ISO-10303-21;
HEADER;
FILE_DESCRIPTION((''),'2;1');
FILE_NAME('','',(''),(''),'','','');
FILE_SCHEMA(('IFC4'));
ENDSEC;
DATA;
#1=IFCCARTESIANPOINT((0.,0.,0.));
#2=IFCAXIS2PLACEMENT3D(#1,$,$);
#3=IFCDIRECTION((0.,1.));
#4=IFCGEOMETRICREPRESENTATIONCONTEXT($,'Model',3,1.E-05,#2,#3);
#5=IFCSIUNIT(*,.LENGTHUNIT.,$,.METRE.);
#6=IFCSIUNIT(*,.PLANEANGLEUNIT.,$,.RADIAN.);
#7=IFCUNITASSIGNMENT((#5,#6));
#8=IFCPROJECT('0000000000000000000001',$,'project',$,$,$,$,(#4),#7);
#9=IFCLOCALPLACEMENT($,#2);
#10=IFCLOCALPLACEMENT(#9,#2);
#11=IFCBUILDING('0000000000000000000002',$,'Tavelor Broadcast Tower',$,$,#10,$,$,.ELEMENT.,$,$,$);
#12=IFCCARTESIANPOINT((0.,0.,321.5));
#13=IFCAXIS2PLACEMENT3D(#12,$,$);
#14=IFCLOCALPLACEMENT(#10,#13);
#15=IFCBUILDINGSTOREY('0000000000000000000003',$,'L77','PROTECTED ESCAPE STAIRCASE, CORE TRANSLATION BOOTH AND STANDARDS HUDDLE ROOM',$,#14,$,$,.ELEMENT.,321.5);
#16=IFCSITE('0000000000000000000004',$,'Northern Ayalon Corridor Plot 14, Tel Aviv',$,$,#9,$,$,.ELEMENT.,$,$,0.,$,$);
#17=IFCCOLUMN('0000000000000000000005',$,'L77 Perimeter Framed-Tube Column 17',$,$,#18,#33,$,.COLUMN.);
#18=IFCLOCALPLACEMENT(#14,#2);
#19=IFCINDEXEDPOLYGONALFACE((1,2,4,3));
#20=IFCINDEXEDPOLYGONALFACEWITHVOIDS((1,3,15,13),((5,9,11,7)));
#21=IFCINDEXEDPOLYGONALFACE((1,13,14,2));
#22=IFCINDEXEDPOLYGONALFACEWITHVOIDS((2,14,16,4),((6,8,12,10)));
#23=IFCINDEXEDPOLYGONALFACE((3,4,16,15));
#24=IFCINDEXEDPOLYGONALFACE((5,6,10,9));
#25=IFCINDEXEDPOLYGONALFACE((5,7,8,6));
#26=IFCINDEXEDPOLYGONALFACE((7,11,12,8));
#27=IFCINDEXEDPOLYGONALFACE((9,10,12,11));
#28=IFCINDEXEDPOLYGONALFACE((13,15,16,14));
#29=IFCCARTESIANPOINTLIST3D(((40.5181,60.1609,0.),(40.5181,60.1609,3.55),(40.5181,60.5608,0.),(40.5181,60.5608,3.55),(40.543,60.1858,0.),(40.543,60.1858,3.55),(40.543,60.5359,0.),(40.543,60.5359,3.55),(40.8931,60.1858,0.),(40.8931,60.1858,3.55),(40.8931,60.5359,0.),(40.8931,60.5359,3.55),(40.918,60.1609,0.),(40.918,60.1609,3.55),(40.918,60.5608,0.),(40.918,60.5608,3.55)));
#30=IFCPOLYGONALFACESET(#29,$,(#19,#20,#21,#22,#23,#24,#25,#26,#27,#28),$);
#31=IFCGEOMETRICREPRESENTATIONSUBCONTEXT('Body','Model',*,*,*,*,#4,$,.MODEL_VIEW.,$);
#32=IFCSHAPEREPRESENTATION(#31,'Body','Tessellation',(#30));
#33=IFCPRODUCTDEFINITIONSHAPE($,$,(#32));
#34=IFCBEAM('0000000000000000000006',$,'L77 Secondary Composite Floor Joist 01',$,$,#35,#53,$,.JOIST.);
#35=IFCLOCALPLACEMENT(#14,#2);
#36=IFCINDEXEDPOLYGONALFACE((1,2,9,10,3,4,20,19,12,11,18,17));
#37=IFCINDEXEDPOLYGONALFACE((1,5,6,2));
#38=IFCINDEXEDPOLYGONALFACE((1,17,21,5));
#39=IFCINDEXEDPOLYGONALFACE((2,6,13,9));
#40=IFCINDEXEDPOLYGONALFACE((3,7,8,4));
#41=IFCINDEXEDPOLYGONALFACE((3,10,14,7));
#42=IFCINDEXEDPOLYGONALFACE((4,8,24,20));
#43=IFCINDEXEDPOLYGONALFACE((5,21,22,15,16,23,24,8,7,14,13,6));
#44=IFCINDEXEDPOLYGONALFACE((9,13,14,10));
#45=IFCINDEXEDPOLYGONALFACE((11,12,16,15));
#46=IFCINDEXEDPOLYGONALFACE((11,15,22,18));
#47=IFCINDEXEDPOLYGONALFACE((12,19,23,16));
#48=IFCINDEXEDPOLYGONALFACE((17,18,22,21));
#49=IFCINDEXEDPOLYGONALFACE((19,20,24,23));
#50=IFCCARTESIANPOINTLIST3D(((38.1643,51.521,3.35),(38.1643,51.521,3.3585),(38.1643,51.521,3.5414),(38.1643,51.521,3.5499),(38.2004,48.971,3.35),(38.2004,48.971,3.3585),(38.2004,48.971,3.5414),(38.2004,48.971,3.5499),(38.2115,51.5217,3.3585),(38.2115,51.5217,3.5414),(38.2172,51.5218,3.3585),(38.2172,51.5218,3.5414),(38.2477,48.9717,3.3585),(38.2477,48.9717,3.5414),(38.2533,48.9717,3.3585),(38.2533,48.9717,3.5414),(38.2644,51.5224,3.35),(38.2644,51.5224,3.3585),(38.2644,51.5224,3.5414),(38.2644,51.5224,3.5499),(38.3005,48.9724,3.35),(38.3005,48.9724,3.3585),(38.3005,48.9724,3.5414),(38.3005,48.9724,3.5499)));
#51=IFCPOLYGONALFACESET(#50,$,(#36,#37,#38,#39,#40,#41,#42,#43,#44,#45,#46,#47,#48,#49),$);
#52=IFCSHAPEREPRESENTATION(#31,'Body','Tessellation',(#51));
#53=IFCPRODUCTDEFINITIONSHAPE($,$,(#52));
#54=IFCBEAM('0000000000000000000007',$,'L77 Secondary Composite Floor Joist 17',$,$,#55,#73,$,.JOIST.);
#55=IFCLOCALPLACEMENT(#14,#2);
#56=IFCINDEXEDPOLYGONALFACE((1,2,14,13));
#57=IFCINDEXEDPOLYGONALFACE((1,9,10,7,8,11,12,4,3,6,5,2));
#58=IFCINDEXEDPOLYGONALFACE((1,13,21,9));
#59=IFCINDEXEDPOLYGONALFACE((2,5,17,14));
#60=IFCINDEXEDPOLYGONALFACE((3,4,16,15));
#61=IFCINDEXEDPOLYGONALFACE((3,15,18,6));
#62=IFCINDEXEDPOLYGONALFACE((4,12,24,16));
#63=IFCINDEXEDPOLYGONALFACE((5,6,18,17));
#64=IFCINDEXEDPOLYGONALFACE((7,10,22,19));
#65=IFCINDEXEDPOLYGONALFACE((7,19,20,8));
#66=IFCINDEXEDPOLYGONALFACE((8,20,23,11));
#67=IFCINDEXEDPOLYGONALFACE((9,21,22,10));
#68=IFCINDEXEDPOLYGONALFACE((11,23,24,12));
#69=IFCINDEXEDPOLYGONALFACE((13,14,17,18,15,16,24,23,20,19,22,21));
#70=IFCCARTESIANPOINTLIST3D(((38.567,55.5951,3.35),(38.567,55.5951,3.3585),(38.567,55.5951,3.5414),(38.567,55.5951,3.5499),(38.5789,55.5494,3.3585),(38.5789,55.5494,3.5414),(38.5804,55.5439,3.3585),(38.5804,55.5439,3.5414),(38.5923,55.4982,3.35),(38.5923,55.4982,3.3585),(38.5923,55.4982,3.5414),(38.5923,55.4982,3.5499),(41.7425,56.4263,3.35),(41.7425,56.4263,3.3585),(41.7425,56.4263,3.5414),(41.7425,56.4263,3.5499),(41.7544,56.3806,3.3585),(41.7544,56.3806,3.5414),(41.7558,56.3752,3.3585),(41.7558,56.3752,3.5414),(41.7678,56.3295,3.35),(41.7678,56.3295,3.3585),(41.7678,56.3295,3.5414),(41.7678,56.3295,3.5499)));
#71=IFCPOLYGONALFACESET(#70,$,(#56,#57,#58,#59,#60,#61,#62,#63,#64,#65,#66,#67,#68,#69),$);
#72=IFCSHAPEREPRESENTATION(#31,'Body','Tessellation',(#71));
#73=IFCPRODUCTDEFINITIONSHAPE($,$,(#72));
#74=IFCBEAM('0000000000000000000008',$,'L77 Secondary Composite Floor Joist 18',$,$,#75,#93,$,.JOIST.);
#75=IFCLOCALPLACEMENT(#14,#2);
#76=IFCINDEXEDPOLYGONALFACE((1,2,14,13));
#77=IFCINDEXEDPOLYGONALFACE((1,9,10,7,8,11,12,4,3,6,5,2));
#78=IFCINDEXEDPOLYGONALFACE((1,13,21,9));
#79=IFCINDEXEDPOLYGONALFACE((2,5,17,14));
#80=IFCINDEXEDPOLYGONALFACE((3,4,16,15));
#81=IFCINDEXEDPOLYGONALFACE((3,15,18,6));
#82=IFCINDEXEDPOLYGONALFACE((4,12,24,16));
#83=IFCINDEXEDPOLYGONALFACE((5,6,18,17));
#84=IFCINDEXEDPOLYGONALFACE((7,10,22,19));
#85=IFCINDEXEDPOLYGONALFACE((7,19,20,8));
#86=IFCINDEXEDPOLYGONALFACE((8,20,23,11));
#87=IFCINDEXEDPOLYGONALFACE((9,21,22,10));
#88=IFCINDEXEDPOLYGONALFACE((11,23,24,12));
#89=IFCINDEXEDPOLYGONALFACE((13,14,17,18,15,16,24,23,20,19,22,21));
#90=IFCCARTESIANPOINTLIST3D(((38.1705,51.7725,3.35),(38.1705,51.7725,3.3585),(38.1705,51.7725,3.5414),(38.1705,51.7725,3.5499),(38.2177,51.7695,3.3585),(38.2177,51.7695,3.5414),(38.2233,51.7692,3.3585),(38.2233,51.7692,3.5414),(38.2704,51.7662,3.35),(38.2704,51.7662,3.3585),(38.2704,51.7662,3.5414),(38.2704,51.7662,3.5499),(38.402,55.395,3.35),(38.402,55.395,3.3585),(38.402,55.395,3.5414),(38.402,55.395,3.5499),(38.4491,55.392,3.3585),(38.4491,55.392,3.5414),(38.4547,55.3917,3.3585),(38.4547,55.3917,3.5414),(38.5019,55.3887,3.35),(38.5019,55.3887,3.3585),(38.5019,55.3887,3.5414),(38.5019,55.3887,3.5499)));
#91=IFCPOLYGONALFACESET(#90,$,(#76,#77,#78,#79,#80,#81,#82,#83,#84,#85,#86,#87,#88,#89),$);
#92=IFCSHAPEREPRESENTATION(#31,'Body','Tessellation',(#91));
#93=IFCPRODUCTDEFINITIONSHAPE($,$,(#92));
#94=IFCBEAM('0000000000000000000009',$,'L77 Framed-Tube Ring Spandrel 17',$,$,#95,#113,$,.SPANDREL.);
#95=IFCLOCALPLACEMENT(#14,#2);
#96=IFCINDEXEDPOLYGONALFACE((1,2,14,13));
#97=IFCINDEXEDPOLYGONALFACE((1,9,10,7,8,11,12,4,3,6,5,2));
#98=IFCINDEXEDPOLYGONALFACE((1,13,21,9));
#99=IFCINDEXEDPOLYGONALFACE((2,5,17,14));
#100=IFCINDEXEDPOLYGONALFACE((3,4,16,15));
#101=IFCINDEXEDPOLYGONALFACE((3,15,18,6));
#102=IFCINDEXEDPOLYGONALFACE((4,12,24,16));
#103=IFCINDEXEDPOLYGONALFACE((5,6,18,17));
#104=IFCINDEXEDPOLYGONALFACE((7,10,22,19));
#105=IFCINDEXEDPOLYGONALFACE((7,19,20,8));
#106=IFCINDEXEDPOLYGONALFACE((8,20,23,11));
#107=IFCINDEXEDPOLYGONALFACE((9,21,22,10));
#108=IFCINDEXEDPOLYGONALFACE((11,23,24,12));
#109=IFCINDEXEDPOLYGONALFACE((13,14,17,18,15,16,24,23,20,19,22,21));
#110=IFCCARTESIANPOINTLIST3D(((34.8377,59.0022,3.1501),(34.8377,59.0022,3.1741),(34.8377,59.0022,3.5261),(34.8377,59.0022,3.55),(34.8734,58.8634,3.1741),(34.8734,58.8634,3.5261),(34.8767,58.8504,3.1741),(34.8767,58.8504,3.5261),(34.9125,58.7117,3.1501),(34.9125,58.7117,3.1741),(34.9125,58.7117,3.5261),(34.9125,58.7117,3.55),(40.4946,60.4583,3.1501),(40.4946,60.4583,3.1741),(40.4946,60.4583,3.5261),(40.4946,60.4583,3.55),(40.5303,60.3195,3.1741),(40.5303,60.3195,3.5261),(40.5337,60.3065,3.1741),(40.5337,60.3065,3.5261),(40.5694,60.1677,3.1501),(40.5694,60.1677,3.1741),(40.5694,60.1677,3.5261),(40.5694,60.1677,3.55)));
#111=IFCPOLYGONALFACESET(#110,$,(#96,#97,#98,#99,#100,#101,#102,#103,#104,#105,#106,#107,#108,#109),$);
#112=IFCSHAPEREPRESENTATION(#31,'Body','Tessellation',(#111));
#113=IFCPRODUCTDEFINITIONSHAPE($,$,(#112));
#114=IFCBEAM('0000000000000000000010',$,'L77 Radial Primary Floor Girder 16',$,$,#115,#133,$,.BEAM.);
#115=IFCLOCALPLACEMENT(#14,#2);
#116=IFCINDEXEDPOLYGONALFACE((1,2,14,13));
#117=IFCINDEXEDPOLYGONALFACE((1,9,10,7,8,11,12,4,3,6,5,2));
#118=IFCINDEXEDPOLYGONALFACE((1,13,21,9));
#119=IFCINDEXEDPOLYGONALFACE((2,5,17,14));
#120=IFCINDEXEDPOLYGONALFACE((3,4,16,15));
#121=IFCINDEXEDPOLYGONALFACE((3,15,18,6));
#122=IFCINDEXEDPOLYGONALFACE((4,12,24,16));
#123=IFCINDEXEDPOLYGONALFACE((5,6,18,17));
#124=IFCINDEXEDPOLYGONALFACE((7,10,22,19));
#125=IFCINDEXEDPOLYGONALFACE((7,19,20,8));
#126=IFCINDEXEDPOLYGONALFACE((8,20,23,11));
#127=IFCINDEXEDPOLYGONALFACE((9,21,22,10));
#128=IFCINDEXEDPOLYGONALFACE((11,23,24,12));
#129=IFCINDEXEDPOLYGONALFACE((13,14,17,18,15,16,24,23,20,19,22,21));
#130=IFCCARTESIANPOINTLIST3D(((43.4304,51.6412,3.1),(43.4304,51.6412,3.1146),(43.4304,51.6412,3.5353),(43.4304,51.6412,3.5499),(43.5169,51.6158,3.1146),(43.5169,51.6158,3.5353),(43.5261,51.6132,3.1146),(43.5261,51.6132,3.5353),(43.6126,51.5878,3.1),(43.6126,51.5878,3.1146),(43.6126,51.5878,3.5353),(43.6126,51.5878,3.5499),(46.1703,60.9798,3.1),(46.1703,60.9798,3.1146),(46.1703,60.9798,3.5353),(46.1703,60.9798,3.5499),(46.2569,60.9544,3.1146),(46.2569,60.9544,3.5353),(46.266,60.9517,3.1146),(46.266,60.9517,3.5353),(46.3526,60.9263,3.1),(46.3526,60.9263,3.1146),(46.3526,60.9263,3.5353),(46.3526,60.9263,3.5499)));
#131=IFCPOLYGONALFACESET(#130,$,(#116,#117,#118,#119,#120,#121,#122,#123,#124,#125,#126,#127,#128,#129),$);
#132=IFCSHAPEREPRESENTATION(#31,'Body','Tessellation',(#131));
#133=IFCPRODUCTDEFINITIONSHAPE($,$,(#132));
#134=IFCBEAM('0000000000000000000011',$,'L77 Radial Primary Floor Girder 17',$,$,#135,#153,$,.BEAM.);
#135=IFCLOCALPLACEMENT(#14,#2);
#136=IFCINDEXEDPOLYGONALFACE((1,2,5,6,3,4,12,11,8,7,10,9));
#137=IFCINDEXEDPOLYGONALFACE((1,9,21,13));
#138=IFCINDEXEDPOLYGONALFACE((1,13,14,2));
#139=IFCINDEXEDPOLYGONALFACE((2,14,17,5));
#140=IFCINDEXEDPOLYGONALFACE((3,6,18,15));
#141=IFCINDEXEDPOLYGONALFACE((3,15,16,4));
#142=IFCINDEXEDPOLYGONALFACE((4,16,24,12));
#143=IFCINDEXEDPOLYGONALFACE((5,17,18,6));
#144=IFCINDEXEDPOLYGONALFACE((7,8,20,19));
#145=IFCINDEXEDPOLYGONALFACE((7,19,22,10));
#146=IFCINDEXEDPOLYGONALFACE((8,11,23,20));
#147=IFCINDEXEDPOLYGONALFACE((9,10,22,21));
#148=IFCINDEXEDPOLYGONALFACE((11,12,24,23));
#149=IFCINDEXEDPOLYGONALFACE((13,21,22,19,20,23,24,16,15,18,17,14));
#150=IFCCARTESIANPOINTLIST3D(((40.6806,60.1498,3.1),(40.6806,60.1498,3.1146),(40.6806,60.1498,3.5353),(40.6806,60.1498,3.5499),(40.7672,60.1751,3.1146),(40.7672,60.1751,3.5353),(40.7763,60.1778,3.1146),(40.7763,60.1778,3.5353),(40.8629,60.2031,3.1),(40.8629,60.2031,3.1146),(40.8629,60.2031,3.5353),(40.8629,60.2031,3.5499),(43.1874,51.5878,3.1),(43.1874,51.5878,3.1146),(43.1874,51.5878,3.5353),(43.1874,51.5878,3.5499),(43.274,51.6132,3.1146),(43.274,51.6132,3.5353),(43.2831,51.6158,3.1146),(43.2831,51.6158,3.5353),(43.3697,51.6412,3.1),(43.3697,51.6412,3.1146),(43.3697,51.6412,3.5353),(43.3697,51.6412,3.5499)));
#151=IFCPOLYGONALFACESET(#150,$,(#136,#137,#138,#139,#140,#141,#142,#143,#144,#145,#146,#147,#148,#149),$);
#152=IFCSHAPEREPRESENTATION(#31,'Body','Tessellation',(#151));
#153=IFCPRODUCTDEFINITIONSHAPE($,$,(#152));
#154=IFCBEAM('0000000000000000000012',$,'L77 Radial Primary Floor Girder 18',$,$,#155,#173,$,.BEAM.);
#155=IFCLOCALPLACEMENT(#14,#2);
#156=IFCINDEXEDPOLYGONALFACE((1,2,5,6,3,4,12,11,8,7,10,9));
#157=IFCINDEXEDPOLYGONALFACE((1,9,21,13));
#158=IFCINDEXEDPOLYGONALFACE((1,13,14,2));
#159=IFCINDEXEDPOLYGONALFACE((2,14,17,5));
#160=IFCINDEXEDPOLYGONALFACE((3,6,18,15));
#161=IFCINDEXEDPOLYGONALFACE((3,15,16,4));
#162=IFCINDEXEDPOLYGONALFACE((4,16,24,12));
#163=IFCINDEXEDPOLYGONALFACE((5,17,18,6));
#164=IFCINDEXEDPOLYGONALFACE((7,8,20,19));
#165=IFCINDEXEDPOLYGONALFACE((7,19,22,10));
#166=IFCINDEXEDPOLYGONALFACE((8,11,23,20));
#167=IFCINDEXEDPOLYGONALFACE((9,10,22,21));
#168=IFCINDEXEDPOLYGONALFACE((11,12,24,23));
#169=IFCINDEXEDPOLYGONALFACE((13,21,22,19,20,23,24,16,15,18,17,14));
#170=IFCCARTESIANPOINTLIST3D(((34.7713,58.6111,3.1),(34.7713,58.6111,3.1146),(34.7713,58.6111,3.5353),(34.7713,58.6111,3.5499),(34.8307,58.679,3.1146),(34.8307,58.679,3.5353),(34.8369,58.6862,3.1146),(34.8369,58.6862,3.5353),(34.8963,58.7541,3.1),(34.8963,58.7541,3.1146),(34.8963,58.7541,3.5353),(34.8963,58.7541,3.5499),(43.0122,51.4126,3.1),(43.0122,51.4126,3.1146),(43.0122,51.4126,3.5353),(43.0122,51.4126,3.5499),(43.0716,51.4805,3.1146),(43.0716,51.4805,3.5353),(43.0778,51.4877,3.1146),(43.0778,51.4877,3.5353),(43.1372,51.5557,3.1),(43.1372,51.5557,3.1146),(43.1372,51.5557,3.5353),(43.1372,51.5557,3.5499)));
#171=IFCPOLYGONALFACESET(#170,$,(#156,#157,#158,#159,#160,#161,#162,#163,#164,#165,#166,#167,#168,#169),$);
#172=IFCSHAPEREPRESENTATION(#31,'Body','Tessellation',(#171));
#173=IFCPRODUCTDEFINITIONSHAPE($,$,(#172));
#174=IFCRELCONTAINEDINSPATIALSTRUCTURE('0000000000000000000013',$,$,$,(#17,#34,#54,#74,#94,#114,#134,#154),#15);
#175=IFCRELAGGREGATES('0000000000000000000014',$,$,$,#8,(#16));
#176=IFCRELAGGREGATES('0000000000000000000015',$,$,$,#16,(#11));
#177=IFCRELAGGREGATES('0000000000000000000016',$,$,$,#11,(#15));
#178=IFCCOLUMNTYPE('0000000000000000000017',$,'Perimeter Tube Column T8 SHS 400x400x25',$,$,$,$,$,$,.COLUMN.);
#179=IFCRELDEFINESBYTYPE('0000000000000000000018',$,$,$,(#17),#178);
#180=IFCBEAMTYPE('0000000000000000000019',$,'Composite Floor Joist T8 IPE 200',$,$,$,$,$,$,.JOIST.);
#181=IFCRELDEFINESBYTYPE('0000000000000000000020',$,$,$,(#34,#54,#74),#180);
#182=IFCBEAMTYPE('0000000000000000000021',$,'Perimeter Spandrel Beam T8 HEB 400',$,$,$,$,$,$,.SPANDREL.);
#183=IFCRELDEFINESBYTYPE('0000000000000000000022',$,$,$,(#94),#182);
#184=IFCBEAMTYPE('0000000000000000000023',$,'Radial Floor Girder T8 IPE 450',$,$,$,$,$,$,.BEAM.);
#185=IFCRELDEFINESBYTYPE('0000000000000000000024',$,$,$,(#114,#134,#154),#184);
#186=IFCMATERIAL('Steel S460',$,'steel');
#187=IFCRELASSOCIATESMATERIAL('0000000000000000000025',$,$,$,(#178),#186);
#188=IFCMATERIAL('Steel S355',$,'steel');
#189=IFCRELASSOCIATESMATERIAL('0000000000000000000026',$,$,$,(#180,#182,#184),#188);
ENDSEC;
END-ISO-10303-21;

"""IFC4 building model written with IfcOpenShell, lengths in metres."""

from ifc_helpers import new_model, si_unit, direction, frame, origin, origin_2d, place, context, subcontext, project, spatial, hollow_rectangle, i_section, extrude, material, material_profile, profile_set, type_object, element, save


model = new_model("IFC4")

# Units and contexts
model_context = context("Model", 3, precision=1e-05, world=origin(), true_north=direction((0.0, 1.0)))
body_context = subcontext(model_context, "Body", "Model", "MODEL_VIEW")
ifc_project = project(units=[si_unit("LENGTHUNIT", "METRE"), si_unit("PLANEANGLEUNIT", "RADIAN")], contexts=[model_context])

# Site, building, storey
site_placement = place(None, origin())
site = spatial("IfcSite", under=ifc_project, at=site_placement, Name="Northern Ayalon Corridor Plot 14, Tel Aviv", CompositionType="ELEMENT", RefElevation=0.0)
building_placement = place(site_placement, origin())
building = spatial("IfcBuilding", under=site, at=building_placement, Name="Tavelor Broadcast Tower", CompositionType="ELEMENT")
storey_placement = place(building_placement, frame((0.0, 0.0, 321.5)))
storey = spatial("IfcBuildingStorey", under=building, at=storey_placement, Name="L77", Description="PROTECTED ESCAPE STAIRCASE, CORE TRANSLATION BOOTH AND STANDARDS HUDDLE ROOM", CompositionType="ELEMENT", Elevation=321.5)

# Column
ifc_material_1 = material(Name="Steel S460", Category="steel")
ifc_material_profile_1 = material_profile(ifc_material_1, hollow_rectangle(XDim=0.3999, YDim=0.3999, WallThickness=0.0249, at=origin_2d()), Name="SHS 400x400x25")
ifc_profile_set_1 = profile_set([ifc_material_profile_1], Name="Steel S460")
column_type = type_object("IfcColumnType", Name="Perimeter Tube Column T8 SHS 400x400x25", PredefinedType="COLUMN", material=ifc_profile_set_1)
column_placement = place(storey_placement, frame((40.718, 60.3608, 0.0), z_axis=(0.0, 0.0, 1.0), x_axis=(1.0, 0.0, 0.0)))
element("IfcColumn", 1, at=column_placement, inside=storey, type_object=column_type, Name="L77 Perimeter Framed-Tube Column 17", PredefinedType="COLUMN", context=body_context, shape_type="SweptSolid", body=[
    extrude(hollow_rectangle(XDim=0.3999, YDim=0.3999, WallThickness=0.0249, at=origin_2d()), origin(), (0.0, 0.0, 1.0), 3.55),
])

# Beams
ifc_material_2 = material(Name="Steel S355", Category="steel")
ifc_material_profile_2 = material_profile(ifc_material_2, i_section(OverallWidth=0.1001, OverallDepth=0.2, WebThickness=0.0056, FlangeThickness=0.0085, at=origin_2d()), Name="IPE 200")
ifc_profile_set_2 = profile_set([ifc_material_profile_2], Name="Steel S355")
beam_type_1 = type_object("IfcBeamType", Name="Composite Floor Joist T8 IPE 200", PredefinedType="JOIST", material=ifc_profile_set_2)
beam_1_placement = place(storey_placement, frame((38.2144, 51.5217, 3.45), z_axis=(0.014168, -0.9999, 0.0), x_axis=(0.9999, 0.014168, 0.0)))
element("IfcBeam", 2, at=beam_1_placement, inside=storey, type_object=beam_type_1, Name="L77 Secondary Composite Floor Joist 01", PredefinedType="JOIST", context=body_context, shape_type="SweptSolid", body=[
    extrude(i_section(OverallWidth=0.1001, OverallDepth=0.2, WebThickness=0.0056, FlangeThickness=0.0085, at=origin_2d()), origin(), (0.0, 0.0, 1.0), 2.5503),
])
beam_2_placement = place(storey_placement, frame((41.7551, 56.3779, 3.45), z_axis=(-0.967401, -0.253248, 0.0), x_axis=(0.253248, -0.967401, 0.0)))
element("IfcBeam", 3, at=beam_2_placement, inside=storey, type_object=beam_type_1, Name="L77 Secondary Composite Floor Joist 17", PredefinedType="JOIST", context=body_context, shape_type="SweptSolid", body=[
    extrude(i_section(OverallWidth=0.1001, OverallDepth=0.2, WebThickness=0.0056, FlangeThickness=0.0085, at=origin_2d()), origin(), (0.0, 0.0, 1.0), 3.2825),
])
beam_3_placement = place(storey_placement, frame((38.4519, 55.3918, 3.45), z_axis=(-0.06376, -0.997965, 0.0), x_axis=(0.997965, -0.06376, 0.0)))
element("IfcBeam", 4, at=beam_3_placement, inside=storey, type_object=beam_type_1, Name="L77 Secondary Composite Floor Joist 18", PredefinedType="JOIST", context=body_context, shape_type="SweptSolid", body=[
    extrude(i_section(OverallWidth=0.1001, OverallDepth=0.2, WebThickness=0.0056, FlangeThickness=0.0085, at=origin_2d()), origin(), (0.0, 0.0, 1.0), 3.6299),
])
ifc_material_profile_3 = material_profile(ifc_material_2, i_section(OverallWidth=0.3, OverallDepth=0.3999, WebThickness=0.0134, FlangeThickness=0.0239, at=origin_2d()), Name="HEB 400")
ifc_profile_set_3 = profile_set([ifc_material_profile_3], Name="Steel S355")
beam_type_2 = type_object("IfcBeamType", Name="Perimeter Spandrel Beam T8 HEB 400", PredefinedType="SPANDREL", material=ifc_profile_set_3)
beam_4_placement = place(storey_placement, frame((40.532, 60.313, 3.3501), z_axis=(-0.968435, -0.249266, 0.0), x_axis=(0.249266, -0.968435, 0.0)))
element("IfcBeam", 5, at=beam_4_placement, inside=storey, type_object=beam_type_2, Name="L77 Framed-Tube Ring Spandrel 17", PredefinedType="SPANDREL", context=body_context, shape_type="SweptSolid", body=[
    extrude(i_section(OverallWidth=0.3, OverallDepth=0.3999, WebThickness=0.0134, FlangeThickness=0.0239, at=origin_2d()), origin(), (0.0, 0.0, 1.0), 5.8413),
])
ifc_material_profile_4 = material_profile(ifc_material_2, i_section(OverallWidth=0.1899, OverallDepth=0.45, WebThickness=0.0095, FlangeThickness=0.0146, at=origin_2d()), Name="IPE 450")
ifc_profile_set_4 = profile_set([ifc_material_profile_4], Name="Steel S355")
beam_type_3 = type_object("IfcBeamType", Name="Radial Floor Girder T8 IPE 450", PredefinedType="BEAM", material=ifc_profile_set_4)
beam_5_placement = place(storey_placement, frame((43.5215, 51.6145, 3.325), z_axis=(0.281536, 0.959551, 0.0), x_axis=(-0.959551, 0.281536, 0.0)))
element("IfcBeam", 6, at=beam_5_placement, inside=storey, type_object=beam_type_3, Name="L77 Radial Primary Floor Girder 16", PredefinedType="BEAM", context=body_context, shape_type="SweptSolid", body=[
    extrude(i_section(OverallWidth=0.1899, OverallDepth=0.45, WebThickness=0.0095, FlangeThickness=0.0146, at=origin_2d()), origin(), (0.0, 0.0, 1.0), 9.7322),
])
beam_6_placement = place(storey_placement, frame((43.2786, 51.6145, 3.325), z_axis=(-0.28099, 0.959711, 0.0), x_axis=(-0.959711, -0.28099, 0.0)))
element("IfcBeam", 7, at=beam_6_placement, inside=storey, type_object=beam_type_3, Name="L77 Radial Primary Floor Girder 17", PredefinedType="BEAM", context=body_context, shape_type="SweptSolid", body=[
    extrude(i_section(OverallWidth=0.1899, OverallDepth=0.45, WebThickness=0.0095, FlangeThickness=0.0146, at=origin_2d()), origin(), (0.0, 0.0, 1.0), 8.9214),
])
beam_7_placement = place(storey_placement, frame((43.0747, 51.4841, 3.325), z_axis=(-0.753136, 0.657865, 0.0), x_axis=(-0.657865, -0.753136, 0.0)))
element("IfcBeam", 8, at=beam_7_placement, inside=storey, type_object=beam_type_3, Name="L77 Radial Primary Floor Girder 18", PredefinedType="BEAM", context=body_context, shape_type="SweptSolid", body=[
    extrude(i_section(OverallWidth=0.1899, OverallDepth=0.45, WebThickness=0.0095, FlangeThickness=0.0146, at=origin_2d()), origin(), (0.0, 0.0, 1.0), 10.9421),
])

save(model, "model.ifc")
